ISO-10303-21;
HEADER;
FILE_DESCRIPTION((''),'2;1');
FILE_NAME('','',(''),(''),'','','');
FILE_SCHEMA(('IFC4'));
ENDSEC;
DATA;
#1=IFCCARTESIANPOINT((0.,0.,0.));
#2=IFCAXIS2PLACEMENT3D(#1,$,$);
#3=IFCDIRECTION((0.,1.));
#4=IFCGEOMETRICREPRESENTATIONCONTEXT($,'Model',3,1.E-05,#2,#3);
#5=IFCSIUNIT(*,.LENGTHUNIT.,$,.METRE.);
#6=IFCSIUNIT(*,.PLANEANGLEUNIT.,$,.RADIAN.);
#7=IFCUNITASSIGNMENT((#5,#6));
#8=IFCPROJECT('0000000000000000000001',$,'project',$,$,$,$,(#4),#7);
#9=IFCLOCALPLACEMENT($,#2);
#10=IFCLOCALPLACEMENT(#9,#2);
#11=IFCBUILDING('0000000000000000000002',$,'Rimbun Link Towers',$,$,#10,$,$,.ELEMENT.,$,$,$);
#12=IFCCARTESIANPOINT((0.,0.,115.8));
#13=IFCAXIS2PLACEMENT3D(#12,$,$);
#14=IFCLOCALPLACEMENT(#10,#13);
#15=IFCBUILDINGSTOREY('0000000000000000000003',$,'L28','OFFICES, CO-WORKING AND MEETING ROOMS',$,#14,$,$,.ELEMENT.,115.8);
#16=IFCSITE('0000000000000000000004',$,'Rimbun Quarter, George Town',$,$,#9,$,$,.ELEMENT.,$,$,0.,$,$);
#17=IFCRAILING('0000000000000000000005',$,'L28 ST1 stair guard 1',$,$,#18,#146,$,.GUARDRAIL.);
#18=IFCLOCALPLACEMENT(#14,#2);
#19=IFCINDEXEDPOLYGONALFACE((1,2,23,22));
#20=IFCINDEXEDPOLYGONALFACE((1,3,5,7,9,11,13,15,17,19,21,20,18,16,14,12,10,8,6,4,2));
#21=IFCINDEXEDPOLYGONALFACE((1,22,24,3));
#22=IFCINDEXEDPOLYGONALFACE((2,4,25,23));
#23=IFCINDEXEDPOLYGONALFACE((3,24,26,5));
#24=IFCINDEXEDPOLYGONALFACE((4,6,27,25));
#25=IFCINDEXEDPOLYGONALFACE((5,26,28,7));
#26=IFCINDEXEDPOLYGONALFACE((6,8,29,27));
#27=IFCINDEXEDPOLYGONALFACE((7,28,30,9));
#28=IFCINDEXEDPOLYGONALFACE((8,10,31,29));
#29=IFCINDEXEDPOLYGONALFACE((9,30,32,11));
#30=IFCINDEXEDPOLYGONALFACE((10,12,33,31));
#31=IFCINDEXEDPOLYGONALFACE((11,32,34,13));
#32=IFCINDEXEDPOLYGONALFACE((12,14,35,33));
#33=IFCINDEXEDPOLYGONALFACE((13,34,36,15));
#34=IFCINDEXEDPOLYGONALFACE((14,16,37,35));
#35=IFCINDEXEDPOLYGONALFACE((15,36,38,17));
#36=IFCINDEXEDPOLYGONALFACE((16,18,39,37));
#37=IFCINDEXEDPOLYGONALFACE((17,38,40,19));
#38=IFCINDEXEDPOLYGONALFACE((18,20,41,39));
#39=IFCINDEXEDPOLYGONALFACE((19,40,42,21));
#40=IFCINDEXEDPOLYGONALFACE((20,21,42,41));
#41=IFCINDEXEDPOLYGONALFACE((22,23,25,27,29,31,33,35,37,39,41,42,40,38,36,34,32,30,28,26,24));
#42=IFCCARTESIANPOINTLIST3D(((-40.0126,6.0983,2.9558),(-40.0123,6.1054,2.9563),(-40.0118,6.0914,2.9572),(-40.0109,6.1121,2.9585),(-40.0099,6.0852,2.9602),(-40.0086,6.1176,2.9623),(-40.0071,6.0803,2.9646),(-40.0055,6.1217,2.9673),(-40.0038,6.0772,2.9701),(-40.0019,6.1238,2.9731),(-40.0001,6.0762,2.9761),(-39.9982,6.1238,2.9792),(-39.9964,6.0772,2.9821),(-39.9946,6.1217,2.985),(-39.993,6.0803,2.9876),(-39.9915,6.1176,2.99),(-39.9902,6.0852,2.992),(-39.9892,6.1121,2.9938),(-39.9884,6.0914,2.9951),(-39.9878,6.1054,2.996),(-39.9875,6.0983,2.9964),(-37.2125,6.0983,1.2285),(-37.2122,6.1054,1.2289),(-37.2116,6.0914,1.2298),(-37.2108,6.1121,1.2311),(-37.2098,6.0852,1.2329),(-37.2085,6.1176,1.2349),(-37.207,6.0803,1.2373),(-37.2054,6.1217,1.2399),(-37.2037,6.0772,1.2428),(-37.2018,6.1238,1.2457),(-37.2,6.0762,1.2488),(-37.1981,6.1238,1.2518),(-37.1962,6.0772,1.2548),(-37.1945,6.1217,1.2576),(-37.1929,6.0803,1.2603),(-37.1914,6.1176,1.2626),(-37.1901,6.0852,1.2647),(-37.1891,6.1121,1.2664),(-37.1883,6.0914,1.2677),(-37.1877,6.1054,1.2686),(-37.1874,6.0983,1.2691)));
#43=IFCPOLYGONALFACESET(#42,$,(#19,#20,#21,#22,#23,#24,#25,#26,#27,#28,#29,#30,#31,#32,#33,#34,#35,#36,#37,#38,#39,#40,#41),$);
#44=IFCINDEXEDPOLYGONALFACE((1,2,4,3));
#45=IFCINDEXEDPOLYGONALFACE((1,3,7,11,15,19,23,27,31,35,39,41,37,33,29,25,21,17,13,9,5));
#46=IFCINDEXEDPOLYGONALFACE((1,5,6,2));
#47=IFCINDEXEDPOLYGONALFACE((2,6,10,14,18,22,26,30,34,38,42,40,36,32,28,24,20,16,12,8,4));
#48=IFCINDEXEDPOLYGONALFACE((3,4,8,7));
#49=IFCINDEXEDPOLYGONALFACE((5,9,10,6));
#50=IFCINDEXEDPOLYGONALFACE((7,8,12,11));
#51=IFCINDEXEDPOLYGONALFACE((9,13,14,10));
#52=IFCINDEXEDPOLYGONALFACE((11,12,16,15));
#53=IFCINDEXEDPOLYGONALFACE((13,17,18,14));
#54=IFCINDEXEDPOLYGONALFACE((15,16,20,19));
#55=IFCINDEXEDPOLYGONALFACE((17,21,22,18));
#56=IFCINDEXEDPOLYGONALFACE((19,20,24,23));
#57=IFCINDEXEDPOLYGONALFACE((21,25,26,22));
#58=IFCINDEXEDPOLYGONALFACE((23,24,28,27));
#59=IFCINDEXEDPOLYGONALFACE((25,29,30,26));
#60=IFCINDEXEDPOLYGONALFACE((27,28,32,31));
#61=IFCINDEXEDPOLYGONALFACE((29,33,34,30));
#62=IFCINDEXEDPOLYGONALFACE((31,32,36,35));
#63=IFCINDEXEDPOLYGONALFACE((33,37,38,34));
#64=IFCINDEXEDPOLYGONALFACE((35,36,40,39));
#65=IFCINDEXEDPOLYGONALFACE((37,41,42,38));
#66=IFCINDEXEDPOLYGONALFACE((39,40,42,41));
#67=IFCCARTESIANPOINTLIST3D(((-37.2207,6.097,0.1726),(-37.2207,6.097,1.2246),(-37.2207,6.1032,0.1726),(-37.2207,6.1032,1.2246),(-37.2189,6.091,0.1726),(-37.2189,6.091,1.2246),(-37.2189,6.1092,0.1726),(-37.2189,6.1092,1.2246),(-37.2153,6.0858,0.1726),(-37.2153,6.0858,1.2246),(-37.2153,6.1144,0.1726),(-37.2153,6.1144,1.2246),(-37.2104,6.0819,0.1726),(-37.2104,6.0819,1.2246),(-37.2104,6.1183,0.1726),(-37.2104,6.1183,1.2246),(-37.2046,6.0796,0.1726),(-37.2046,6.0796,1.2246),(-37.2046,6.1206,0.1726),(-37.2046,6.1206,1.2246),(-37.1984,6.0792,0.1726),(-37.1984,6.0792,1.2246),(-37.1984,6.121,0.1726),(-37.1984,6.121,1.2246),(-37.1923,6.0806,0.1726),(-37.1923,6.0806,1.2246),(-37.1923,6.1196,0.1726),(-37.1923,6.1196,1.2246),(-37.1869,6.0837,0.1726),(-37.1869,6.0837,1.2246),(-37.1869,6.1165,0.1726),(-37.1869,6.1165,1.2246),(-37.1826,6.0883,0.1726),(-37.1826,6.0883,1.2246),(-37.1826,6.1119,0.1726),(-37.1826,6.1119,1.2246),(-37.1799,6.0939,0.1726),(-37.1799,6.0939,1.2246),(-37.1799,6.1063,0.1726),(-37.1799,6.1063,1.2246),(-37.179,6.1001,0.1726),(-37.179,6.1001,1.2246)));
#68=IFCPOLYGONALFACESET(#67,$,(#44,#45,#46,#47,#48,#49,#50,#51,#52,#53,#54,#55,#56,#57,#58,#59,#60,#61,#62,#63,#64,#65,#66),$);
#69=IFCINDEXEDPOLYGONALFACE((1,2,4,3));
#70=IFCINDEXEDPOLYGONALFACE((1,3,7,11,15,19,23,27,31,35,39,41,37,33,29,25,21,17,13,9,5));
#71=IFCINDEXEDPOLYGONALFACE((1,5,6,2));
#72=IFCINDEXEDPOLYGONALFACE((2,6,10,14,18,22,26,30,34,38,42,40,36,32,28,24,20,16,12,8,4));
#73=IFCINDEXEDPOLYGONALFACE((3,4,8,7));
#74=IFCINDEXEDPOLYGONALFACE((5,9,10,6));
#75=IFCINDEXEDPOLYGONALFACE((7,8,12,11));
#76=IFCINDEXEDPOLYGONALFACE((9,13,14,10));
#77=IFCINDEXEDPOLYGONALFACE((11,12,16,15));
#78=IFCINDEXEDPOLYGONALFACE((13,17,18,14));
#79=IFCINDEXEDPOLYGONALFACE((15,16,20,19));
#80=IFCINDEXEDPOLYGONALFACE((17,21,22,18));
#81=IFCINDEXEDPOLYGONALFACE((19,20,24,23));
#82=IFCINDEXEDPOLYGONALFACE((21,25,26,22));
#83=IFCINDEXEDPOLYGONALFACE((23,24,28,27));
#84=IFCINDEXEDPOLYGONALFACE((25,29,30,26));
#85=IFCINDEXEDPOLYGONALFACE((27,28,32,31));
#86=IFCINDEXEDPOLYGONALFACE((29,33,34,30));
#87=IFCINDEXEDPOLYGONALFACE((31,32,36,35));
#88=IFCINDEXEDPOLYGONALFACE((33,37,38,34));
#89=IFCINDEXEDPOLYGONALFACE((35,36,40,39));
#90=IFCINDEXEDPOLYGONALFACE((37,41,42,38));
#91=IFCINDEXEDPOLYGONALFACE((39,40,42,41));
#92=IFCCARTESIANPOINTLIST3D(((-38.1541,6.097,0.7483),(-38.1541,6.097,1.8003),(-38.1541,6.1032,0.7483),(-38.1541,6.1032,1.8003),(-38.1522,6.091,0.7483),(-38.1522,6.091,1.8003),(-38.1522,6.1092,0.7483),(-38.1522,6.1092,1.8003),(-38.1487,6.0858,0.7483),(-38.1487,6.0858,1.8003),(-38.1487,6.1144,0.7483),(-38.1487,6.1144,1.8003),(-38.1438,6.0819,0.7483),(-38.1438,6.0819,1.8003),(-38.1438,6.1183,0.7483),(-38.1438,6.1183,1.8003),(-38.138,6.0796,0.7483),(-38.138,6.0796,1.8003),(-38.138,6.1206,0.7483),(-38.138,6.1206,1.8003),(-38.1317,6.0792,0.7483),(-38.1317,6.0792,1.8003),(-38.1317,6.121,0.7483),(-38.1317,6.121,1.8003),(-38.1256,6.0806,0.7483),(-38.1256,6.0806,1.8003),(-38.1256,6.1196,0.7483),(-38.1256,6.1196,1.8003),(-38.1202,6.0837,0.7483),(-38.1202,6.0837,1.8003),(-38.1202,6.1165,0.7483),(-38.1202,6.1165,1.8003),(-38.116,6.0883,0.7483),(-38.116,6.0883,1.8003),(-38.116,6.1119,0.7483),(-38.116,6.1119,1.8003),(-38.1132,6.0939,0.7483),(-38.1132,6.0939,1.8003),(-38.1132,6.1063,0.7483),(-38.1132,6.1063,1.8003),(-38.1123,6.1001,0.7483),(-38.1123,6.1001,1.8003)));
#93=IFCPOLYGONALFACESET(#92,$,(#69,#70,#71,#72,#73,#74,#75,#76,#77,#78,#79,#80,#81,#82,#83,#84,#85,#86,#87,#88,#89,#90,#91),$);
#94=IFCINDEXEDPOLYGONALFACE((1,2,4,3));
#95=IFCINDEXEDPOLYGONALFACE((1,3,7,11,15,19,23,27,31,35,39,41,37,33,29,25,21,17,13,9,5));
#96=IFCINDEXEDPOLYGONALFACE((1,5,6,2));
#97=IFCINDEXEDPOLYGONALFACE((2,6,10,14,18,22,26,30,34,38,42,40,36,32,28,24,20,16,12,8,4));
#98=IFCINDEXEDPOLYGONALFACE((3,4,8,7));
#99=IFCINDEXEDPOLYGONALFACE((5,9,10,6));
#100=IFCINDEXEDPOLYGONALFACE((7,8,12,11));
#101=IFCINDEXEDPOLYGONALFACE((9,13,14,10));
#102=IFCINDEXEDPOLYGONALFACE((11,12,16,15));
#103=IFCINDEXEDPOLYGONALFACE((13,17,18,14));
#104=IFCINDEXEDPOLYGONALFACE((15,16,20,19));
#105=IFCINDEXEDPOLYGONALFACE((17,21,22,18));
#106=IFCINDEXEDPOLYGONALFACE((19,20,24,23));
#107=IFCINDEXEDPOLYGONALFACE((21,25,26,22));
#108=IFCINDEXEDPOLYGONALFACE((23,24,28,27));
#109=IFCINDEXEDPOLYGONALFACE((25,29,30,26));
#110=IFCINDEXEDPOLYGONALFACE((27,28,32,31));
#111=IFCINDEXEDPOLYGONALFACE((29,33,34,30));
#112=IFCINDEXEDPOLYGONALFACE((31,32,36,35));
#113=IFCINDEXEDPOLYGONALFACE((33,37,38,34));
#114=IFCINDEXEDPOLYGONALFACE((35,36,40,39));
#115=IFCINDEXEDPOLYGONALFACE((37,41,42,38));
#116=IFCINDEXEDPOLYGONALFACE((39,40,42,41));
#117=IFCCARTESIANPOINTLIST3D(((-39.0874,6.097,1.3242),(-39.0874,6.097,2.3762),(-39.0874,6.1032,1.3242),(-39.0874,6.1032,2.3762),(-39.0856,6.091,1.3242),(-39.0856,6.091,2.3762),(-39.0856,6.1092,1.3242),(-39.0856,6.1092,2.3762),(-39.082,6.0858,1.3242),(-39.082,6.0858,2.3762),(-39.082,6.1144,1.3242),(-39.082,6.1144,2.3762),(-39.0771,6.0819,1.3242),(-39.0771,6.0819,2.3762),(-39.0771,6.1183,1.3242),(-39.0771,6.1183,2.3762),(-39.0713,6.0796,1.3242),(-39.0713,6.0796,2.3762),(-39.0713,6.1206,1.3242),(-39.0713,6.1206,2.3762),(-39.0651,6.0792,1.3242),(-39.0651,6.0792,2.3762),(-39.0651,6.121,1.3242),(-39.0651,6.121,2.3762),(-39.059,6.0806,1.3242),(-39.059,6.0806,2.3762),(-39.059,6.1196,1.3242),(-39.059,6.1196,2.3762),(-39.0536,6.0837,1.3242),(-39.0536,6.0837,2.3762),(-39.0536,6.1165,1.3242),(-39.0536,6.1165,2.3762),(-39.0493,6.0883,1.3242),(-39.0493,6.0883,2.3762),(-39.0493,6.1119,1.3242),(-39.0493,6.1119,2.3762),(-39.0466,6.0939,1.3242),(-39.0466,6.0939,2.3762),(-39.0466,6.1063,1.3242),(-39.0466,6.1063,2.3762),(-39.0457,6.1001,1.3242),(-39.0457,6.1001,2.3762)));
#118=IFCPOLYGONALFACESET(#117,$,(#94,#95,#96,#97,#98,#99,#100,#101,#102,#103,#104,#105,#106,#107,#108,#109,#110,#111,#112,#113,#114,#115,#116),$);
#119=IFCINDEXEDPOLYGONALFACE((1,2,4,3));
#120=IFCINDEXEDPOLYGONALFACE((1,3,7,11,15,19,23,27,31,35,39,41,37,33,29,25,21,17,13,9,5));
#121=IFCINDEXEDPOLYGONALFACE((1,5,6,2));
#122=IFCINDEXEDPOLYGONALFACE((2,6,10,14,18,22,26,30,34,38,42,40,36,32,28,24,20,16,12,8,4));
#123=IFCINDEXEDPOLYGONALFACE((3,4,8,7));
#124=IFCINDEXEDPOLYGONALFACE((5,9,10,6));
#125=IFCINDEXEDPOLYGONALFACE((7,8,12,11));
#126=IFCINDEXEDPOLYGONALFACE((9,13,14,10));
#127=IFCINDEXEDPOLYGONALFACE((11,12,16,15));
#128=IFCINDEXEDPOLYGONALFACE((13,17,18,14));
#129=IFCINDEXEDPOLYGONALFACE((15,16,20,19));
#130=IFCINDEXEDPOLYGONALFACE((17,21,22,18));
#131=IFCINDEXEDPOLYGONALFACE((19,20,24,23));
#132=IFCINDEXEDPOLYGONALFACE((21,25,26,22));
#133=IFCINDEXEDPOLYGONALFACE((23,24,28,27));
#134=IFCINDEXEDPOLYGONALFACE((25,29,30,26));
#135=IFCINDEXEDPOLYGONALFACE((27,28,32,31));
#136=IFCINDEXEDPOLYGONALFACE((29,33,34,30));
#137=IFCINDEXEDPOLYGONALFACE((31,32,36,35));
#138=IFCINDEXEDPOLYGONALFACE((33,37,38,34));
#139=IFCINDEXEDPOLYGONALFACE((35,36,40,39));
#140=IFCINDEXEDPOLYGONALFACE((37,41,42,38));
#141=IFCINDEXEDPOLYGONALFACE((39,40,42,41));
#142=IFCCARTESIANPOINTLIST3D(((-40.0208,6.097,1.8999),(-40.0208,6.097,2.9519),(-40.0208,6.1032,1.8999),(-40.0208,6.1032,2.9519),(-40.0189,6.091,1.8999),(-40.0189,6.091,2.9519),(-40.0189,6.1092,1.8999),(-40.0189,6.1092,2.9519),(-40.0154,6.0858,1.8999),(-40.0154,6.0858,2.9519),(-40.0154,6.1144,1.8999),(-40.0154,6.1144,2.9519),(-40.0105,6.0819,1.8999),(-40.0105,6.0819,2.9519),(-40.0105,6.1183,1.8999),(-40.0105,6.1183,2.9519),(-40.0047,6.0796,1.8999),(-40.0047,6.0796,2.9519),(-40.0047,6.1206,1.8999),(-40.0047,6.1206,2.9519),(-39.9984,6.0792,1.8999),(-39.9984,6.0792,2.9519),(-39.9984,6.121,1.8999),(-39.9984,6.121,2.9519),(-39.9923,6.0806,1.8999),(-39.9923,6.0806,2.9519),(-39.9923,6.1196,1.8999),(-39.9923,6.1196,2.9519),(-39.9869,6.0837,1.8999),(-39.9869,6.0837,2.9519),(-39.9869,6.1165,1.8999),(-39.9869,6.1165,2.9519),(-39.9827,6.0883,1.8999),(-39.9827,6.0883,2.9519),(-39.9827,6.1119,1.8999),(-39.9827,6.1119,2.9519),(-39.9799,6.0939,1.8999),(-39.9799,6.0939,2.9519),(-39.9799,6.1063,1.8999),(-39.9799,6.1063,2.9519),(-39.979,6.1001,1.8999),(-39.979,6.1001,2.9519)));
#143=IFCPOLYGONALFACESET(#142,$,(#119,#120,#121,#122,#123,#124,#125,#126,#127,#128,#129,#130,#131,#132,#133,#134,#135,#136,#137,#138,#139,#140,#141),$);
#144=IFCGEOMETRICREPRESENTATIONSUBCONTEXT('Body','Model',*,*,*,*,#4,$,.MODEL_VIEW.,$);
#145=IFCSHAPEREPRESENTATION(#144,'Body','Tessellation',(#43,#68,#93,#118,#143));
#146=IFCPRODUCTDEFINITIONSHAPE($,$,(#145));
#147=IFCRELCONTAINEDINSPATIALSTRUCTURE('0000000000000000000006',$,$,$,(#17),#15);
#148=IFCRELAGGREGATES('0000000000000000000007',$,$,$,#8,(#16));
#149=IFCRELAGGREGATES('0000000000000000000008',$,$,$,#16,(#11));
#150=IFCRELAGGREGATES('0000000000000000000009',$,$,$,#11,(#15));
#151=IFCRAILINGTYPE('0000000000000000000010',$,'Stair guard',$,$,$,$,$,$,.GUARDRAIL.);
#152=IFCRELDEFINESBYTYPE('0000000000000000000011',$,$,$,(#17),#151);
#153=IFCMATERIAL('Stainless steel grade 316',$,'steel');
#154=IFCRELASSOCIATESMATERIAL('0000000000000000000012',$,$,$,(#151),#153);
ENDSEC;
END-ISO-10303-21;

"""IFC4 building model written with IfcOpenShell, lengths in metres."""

from ifc_helpers import new_model, si_unit, direction, frame, origin, origin_2d, place, context, subcontext, project, spatial, circle, extrude, material, type_object, element, save


model = new_model("IFC4")

# Units and contexts
model_context = context("Model", 3, precision=1e-05, world=origin(), true_north=direction((0.0, 1.0)))
body_context = subcontext(model_context, "Body", "Model", "MODEL_VIEW")
ifc_project = project(units=[si_unit("LENGTHUNIT", "METRE"), si_unit("PLANEANGLEUNIT", "RADIAN")], contexts=[model_context])

# Site, building, storey
site_placement = place(None, origin())
site = spatial("IfcSite", under=ifc_project, at=site_placement, Name="Rimbun Quarter, George Town", CompositionType="ELEMENT", RefElevation=0.0)
building_placement = place(site_placement, origin())
building = spatial("IfcBuilding", under=site, at=building_placement, Name="Rimbun Link Towers", CompositionType="ELEMENT")
storey_placement = place(building_placement, frame((0.0, 0.0, 115.8)))
storey = spatial("IfcBuildingStorey", under=building, at=storey_placement, Name="L28", Description="OFFICES, CO-WORKING AND MEETING ROOMS", CompositionType="ELEMENT", Elevation=115.8)

# Railing
ifc_material_1 = material(Name="Stainless steel grade 316", Category="steel")
railing_type_1 = type_object("IfcRailingType", Name="Stair guard", PredefinedType="GUARDRAIL", material=ifc_material_1)
railing_1_placement = place(storey_placement, frame((-37.2, 6.1001, 0.1726)))
element("IfcRailing", 1, at=railing_1_placement, inside=storey, type_object=railing_type_1, Name="L28 ST1 stair guard 1", PredefinedType="GUARDRAIL", context=body_context, shape_type="SweptSolid", body=[
    extrude(circle(Radius=0.0239, at=origin_2d()), frame((0.0, 0.0, 1.0762), z_axis=(-0.85109, 0.0, 0.52502), x_axis=(0.0, -1.0, 0.0)), (0.0, 0.0, 1.0), 3.29),
    extrude(circle(Radius=0.021, at=origin_2d()), origin(), (0.0, 0.0, 1.0), 1.052),
    extrude(circle(Radius=0.021, at=origin_2d()), frame((-0.9333, 0.0, 0.5757)), (0.0, 0.0, 1.0), 1.052),
    extrude(circle(Radius=0.021, at=origin_2d()), frame((-1.8667, 0.0, 1.1516)), (0.0, 0.0, 1.0), 1.052),
    extrude(circle(Radius=0.021, at=origin_2d()), frame((-2.8, 0.0, 1.7273)), (0.0, 0.0, 1.0), 1.052),
])

save(model, "model.ifc")
